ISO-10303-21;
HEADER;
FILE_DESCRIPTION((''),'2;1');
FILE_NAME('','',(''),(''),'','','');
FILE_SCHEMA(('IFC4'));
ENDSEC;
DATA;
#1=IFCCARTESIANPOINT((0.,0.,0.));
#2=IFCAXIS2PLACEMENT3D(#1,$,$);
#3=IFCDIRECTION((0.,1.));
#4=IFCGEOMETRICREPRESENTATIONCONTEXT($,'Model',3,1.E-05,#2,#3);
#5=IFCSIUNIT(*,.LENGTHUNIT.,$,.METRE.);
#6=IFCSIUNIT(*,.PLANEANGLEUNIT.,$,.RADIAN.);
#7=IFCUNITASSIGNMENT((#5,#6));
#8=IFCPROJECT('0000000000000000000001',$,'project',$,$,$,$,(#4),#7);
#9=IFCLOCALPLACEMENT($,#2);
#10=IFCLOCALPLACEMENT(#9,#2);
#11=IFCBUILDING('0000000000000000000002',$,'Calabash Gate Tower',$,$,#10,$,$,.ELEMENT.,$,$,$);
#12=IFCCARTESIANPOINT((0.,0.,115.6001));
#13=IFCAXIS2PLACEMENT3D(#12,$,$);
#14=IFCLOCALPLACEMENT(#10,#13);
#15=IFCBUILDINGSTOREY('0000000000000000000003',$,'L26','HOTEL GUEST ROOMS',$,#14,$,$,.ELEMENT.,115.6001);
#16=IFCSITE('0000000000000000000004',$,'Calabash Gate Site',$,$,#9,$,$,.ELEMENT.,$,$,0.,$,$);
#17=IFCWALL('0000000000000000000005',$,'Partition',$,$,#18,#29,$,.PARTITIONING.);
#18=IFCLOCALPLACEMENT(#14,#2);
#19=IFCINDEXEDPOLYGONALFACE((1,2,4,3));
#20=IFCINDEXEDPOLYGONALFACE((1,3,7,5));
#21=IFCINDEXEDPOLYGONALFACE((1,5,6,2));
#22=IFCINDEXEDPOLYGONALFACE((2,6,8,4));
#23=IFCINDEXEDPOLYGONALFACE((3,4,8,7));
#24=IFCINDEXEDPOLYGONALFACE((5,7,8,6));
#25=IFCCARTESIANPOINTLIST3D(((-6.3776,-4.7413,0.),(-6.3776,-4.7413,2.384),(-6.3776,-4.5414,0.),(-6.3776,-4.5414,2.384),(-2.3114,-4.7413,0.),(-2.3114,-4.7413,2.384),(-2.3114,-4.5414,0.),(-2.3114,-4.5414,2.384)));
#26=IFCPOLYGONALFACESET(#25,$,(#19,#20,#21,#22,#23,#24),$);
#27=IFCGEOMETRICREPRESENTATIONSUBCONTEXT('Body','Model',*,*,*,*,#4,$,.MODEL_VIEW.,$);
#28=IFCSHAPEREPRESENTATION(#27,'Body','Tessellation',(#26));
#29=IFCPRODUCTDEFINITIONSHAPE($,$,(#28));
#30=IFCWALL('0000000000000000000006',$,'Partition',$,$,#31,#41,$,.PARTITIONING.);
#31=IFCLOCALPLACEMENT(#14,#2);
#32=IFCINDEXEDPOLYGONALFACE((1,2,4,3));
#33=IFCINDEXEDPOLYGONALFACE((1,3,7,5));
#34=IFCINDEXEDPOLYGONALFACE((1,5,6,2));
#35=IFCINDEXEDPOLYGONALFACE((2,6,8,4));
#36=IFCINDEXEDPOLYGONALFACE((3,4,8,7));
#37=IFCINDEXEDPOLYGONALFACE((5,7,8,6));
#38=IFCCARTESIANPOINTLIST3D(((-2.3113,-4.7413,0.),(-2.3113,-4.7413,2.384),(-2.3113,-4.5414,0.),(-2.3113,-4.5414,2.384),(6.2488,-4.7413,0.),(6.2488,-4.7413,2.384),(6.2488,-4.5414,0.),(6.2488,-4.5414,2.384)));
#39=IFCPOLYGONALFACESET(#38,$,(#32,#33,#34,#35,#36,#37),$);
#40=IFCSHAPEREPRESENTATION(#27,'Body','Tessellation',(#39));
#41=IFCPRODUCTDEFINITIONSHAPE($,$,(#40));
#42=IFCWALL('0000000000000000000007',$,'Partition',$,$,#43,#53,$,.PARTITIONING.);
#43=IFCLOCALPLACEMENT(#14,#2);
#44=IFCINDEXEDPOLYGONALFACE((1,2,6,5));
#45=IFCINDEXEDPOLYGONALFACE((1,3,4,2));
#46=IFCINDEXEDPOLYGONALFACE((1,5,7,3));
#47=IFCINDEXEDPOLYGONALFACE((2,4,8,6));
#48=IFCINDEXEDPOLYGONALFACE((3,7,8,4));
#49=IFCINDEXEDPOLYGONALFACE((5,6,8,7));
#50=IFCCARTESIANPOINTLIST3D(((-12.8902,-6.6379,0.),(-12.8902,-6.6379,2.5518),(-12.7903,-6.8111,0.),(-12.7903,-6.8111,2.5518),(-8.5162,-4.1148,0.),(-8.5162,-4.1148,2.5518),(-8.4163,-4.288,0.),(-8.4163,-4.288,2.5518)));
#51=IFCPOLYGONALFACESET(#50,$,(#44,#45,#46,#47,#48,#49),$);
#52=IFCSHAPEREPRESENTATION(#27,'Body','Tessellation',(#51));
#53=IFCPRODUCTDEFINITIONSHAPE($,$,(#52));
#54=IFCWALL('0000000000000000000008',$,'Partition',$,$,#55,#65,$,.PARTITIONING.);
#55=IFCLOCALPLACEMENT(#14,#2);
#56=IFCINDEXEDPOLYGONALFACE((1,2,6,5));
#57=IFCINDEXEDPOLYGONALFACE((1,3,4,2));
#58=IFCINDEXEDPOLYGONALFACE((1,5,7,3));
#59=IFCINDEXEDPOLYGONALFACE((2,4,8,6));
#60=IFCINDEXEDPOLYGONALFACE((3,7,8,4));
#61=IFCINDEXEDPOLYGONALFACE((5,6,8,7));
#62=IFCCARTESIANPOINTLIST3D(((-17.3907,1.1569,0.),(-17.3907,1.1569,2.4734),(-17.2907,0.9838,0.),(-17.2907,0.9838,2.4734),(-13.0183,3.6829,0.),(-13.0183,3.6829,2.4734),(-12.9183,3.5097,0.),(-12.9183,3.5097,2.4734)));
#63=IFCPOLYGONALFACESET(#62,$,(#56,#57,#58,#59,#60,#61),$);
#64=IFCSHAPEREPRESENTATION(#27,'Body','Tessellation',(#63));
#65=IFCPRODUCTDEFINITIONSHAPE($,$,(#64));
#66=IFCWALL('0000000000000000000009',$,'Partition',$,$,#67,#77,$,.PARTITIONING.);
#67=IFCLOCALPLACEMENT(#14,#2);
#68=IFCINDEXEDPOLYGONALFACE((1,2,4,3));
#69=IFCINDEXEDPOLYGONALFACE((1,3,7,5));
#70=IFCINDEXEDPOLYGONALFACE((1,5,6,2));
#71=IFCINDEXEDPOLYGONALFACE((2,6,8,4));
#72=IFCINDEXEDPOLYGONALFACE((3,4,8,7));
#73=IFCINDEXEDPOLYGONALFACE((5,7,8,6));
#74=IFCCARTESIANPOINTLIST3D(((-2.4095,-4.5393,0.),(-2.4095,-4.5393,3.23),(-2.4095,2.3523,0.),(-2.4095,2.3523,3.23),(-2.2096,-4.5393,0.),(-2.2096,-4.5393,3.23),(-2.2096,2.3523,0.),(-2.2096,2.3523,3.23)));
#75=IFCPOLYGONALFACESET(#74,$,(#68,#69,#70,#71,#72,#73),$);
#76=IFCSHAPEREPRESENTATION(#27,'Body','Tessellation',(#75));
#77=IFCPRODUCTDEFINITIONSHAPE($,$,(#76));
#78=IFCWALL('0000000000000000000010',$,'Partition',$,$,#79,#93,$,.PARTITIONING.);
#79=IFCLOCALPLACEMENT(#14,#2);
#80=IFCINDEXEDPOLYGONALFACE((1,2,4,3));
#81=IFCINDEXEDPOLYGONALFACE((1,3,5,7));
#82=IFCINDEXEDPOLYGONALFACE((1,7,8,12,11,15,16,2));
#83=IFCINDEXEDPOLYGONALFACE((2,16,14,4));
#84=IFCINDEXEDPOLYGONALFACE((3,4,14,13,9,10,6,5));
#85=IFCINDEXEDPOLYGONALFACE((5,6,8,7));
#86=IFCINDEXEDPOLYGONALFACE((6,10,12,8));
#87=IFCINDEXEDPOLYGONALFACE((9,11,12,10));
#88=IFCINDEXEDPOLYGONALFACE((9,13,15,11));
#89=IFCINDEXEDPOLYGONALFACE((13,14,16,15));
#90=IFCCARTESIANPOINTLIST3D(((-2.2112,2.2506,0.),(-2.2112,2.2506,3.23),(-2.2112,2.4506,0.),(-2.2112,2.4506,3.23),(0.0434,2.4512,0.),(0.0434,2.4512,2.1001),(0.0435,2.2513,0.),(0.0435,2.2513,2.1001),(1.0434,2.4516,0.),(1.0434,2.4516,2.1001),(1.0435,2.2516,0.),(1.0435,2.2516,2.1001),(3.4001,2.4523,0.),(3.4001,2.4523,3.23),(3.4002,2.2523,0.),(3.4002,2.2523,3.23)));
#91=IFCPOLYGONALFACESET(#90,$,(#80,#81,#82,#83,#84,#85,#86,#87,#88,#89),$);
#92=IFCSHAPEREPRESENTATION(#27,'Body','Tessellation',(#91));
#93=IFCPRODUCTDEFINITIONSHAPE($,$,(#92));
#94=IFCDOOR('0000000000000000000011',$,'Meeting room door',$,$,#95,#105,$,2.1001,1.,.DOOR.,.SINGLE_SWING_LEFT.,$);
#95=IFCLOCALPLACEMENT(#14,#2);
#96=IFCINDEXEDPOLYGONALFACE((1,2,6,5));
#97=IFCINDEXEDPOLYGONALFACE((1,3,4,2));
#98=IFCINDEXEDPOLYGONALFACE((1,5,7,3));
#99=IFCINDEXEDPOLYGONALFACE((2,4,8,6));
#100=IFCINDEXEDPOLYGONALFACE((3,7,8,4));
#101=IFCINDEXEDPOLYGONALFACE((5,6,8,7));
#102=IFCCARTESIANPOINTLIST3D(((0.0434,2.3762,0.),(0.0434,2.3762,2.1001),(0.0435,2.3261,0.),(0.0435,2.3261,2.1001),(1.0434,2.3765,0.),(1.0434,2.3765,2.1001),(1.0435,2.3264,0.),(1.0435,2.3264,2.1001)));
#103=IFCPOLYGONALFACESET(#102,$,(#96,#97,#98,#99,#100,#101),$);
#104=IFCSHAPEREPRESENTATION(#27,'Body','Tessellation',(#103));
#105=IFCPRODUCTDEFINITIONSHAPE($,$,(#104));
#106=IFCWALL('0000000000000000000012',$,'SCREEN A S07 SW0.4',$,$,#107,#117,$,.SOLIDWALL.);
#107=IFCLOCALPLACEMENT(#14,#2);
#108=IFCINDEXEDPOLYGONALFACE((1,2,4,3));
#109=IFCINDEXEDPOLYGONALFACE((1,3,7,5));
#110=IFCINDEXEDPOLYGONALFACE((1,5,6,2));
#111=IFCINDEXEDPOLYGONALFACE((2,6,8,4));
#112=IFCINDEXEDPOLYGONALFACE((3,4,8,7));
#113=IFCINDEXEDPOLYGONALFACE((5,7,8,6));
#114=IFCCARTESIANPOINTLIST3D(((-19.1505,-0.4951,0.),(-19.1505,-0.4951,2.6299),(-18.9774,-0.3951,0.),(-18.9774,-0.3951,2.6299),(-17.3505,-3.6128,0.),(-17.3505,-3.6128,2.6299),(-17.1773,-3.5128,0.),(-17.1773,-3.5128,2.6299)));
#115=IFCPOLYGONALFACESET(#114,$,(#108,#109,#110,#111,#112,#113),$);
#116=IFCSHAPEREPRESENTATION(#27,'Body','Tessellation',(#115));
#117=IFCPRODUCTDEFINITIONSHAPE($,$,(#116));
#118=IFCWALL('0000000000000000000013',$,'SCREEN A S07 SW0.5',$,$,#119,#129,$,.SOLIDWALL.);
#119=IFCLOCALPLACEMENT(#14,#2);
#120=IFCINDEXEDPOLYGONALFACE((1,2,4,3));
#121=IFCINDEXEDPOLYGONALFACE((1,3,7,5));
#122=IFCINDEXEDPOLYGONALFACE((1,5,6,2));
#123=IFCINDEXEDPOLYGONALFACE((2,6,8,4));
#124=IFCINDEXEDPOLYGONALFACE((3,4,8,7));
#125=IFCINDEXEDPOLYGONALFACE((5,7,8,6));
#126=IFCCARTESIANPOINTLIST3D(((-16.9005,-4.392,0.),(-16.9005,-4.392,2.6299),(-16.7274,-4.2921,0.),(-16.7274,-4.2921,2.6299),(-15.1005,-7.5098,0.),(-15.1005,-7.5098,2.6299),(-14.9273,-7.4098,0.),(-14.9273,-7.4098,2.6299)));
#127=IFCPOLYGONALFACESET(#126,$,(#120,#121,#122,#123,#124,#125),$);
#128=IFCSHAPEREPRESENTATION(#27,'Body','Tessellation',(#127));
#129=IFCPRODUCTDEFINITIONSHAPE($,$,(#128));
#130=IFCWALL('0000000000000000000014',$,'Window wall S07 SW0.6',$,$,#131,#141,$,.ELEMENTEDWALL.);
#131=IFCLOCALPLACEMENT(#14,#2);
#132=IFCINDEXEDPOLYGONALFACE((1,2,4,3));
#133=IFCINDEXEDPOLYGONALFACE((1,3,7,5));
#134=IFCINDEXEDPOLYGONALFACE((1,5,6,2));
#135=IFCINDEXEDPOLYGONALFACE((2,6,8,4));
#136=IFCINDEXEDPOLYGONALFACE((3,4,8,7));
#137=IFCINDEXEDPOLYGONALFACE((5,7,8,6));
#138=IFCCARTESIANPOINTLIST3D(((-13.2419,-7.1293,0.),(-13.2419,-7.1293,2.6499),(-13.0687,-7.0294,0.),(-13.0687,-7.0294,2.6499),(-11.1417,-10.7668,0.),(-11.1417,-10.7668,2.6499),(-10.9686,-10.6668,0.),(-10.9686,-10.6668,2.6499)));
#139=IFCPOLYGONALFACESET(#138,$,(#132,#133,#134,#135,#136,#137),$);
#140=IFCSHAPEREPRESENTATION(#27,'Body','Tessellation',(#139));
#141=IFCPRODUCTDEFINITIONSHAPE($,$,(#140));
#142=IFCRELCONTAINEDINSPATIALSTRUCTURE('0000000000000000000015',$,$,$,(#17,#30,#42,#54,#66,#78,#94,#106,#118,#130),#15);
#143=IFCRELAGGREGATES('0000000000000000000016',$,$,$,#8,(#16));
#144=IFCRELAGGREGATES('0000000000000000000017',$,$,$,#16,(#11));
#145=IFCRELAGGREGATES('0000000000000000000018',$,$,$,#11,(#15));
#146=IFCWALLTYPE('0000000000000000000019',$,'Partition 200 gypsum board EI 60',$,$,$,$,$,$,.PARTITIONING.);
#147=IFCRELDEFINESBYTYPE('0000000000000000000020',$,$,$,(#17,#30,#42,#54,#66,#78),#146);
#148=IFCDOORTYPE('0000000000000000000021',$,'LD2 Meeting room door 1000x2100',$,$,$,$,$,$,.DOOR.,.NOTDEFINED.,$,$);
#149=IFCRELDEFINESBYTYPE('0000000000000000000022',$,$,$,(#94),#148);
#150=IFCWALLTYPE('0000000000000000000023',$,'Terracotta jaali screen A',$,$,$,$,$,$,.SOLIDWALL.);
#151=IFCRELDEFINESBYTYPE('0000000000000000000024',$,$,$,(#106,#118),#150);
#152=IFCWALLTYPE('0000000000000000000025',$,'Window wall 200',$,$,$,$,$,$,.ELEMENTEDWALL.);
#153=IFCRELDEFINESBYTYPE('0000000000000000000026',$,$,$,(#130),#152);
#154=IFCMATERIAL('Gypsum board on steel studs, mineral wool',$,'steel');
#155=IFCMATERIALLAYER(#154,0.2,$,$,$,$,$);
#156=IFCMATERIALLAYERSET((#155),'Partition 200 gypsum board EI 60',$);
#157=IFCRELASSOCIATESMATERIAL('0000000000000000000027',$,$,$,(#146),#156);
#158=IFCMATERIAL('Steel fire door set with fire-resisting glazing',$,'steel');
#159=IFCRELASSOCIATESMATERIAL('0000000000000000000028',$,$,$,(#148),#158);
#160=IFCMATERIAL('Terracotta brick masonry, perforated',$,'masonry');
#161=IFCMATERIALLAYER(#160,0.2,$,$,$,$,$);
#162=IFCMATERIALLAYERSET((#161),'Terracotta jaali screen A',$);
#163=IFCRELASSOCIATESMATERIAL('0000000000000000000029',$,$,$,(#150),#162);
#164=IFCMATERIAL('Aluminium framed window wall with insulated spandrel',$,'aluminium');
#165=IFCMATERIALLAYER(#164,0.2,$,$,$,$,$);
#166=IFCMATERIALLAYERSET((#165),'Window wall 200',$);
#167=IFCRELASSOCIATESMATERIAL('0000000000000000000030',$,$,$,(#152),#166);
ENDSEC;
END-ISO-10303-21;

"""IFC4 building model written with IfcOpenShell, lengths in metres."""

from ifc_helpers import new_model, si_unit, direction, frame, frame_2d, origin, place, context, subcontext, project, spatial, rectangle, extrude, material, layer, layer_set, type_object, element, fill, save


model = new_model("IFC4")

# Units and contexts
model_context = context("Model", 3, precision=1e-05, world=origin(), true_north=direction((0.0, 1.0)))
body_context = subcontext(model_context, "Body", "Model", "MODEL_VIEW")
ifc_project = project(units=[si_unit("LENGTHUNIT", "METRE"), si_unit("PLANEANGLEUNIT", "RADIAN")], contexts=[model_context])

# Site, building, storey
site_placement = place(None, origin())
site = spatial("IfcSite", under=ifc_project, at=site_placement, Name="Calabash Gate Site", CompositionType="ELEMENT", RefElevation=0.0)
building_placement = place(site_placement, origin())
building = spatial("IfcBuilding", under=site, at=building_placement, Name="Calabash Gate Tower", CompositionType="ELEMENT")
storey_placement = place(building_placement, frame((0.0, 0.0, 115.6001)))
storey = spatial("IfcBuildingStorey", under=building, at=storey_placement, Name="L26", Description="HOTEL GUEST ROOMS", CompositionType="ELEMENT", Elevation=115.6001)

# Shared definitions
ifc_material_1 = material(Name="Gypsum board on steel studs, mineral wool", Category="steel")
ifc_layer_1 = layer(ifc_material_1, 0.2)
ifc_layer_set_1 = layer_set([ifc_layer_1], Name="Partition 200 gypsum board EI 60")
wall_type_1 = type_object("IfcWallType", Name="Partition 200 gypsum board EI 60", PredefinedType="PARTITIONING", material=ifc_layer_set_1)

# Walls
wall_1_placement = place(storey_placement, frame((-6.3777, -4.6414, 0.0), z_axis=(0.0, 0.0, 1.0), x_axis=(1.0, 0.0, 0.0)))
element("IfcWall", 1, at=wall_1_placement, inside=storey, type_object=wall_type_1, Name="Partition", PredefinedType="PARTITIONING", context=body_context, shape_type="SweptSolid", body=[
    extrude(rectangle(XDim=4.0662, YDim=0.2, at=frame_2d((2.0332, 0.0))), origin(), (0.0, 0.0, 1.0), 2.384),
])
wall_2_placement = place(storey_placement, frame((-2.3113, -4.6414, 0.0), z_axis=(0.0, 0.0, 1.0), x_axis=(1.0, 0.0, 0.0)))
element("IfcWall", 2, at=wall_2_placement, inside=storey, type_object=wall_type_1, Name="Partition", PredefinedType="PARTITIONING", context=body_context, shape_type="SweptSolid", body=[
    extrude(rectangle(XDim=8.5601, YDim=0.2, at=frame_2d((4.28, 0.0))), origin(), (0.0, 0.0, 1.0), 2.384),
])
wall_3_placement = place(storey_placement, frame((-12.8403, -6.7246, 0.0), z_axis=(0.0, 0.0, 1.0), x_axis=(0.86621, 0.499681, 0.0)))
element("IfcWall", 3, at=wall_3_placement, inside=storey, type_object=wall_type_1, Name="Partition", PredefinedType="PARTITIONING", context=body_context, shape_type="SweptSolid", body=[
    extrude(rectangle(XDim=5.0496, YDim=0.2, at=frame_2d((2.5249, 0.0))), origin(), (0.0, 0.0, 1.0), 2.5518),
])
wall_4_placement = place(storey_placement, frame((-17.3408, 1.0703, 0.0), z_axis=(0.0, 0.0, 1.0), x_axis=(0.865895, 0.500226, 0.0)))
element("IfcWall", 4, at=wall_4_placement, inside=storey, type_object=wall_type_1, Name="Partition", PredefinedType="PARTITIONING", context=body_context, shape_type="SweptSolid", body=[
    extrude(rectangle(XDim=5.0496, YDim=0.2, at=frame_2d((2.5249, 0.0))), origin(), (0.0, 0.0, 1.0), 2.4734),
])
wall_5_placement = place(storey_placement, frame((-2.3096, -4.5393, 0.0), z_axis=(0.0, 0.0, 1.0), x_axis=(0.0, 1.0, 0.0)))
element("IfcWall", 5, at=wall_5_placement, inside=storey, type_object=wall_type_1, Name="Partition", PredefinedType="PARTITIONING", context=body_context, shape_type="SweptSolid", body=[
    extrude(rectangle(XDim=6.8916, YDim=0.2, at=frame_2d((3.4458, 0.0))), origin(), (0.0, 0.0, 1.0), 3.23),
])

# Wall, opening, door
wall_6_placement = place(storey_placement, frame((-2.2112, 2.3506, 0.0), z_axis=(0.0, 0.0, 1.0), x_axis=(1.0, 0.000305, 0.0)))
wall_6 = element("IfcWall", 6, at=wall_6_placement, inside=storey, type_object=wall_type_1, Name="Partition", PredefinedType="PARTITIONING", context=body_context, shape_type="SweptSolid", body=[
    extrude(rectangle(XDim=5.6113, YDim=0.2, at=frame_2d((2.8057, 0.0))), origin(), (0.0, 0.0, 1.0), 3.23),
])
opening_1_placement = place(wall_6_placement, frame((2.2546, 0.0, 0.0)))
opening_1 = element("IfcOpeningElement", 7, at=opening_1_placement, cuts=wall_6, PredefinedType="OPENING", context=body_context, shape_type="SweptSolid", body=[
    extrude(rectangle(XDim=1.0, YDim=2.1001, at=frame_2d((0.5, 1.05))), frame((0.0, 0.1099, 0.0), z_axis=(0.0, -1.0, 0.0), x_axis=(1.0, 0.0, 0.0)), (0.0, 0.0, 1.0), 0.22),
])
ifc_material_2 = material(Name="Steel fire door set with fire-resisting glazing", Category="steel")
door_type_1 = type_object("IfcDoorType", Name="LD2 Meeting room door 1000x2100", OperationType="NOTDEFINED", PredefinedType="DOOR", material=ifc_material_2)
door_1_placement = place(opening_1_placement, origin())
door_1 = element("IfcDoor", 8, at=door_1_placement, inside=storey, type_object=door_type_1, Name="Meeting room door", OperationType="SINGLE_SWING_LEFT", OverallHeight=2.1001, OverallWidth=1.0, PredefinedType="DOOR", context=body_context, shape_type="SweptSolid", body=[
    extrude(rectangle(XDim=1.0, YDim=2.1001, at=frame_2d((0.5, 1.05))), frame((0.0, 0.0249, 0.0), z_axis=(0.0, -1.0, 0.0), x_axis=(1.0, 0.0, 0.0)), (0.0, 0.0, 1.0), 0.05),
])
fill(opening_1, door_1)

# Walls
ifc_material_3 = material(Name="Terracotta brick masonry, perforated", Category="masonry")
ifc_layer_2 = layer(ifc_material_3, 0.2)
ifc_layer_set_2 = layer_set([ifc_layer_2], Name="Terracotta jaali screen A")
wall_type_2 = type_object("IfcWallType", Name="Terracotta jaali screen A", PredefinedType="SOLIDWALL", material=ifc_layer_set_2)
for number, where, z_axis, x_axis, name in (
    (9, (-19.064, -0.4451, 0.0), (0.0, 0.0, 1.0), (0.500012, -0.866018, 0.0), "SCREEN A S07 SW0.4"),
    (10, (-16.814, -4.342, 0.0), (0.0, 0.0, 1.0), (0.500012, -0.866018, 0.0), "SCREEN A S07 SW0.5"),
):
    element("IfcWall", number, at=place(storey_placement, frame(where, z_axis=z_axis, x_axis=x_axis)), inside=storey, type_object=wall_type_2, Name=name, PredefinedType="SOLIDWALL", context=body_context, shape_type="SweptSolid", body=[
        extrude(rectangle(XDim=3.6001, YDim=0.2, at=frame_2d((1.8, 0.0))), origin(), (0.0, 0.0, 1.0), 2.6299),
    ])

# Shared definitions
ifc_material_4 = material(Name="Aluminium framed window wall with insulated spandrel", Category="aluminium")
ifc_layer_3 = layer(ifc_material_4, 0.2)
ifc_layer_set_3 = layer_set([ifc_layer_3], Name="Window wall 200")
wall_type_3 = type_object("IfcWallType", Name="Window wall 200", PredefinedType="ELEMENTEDWALL", material=ifc_layer_set_3)

# Wall
wall_7_placement = place(storey_placement, frame((-13.1553, -7.0793, 0.0), z_axis=(0.0, 0.0, 1.0), x_axis=(0.500003, -0.866024, 0.0)))
element("IfcWall", 11, at=wall_7_placement, inside=storey, type_object=wall_type_3, Name="Window wall S07 SW0.6", PredefinedType="ELEMENTEDWALL", context=body_context, shape_type="SweptSolid", body=[
    extrude(rectangle(XDim=4.2002, YDim=0.2, at=frame_2d((2.1001, 0.0))), origin(), (0.0, 0.0, 1.0), 2.6499),
])

save(model, "model.ifc")
